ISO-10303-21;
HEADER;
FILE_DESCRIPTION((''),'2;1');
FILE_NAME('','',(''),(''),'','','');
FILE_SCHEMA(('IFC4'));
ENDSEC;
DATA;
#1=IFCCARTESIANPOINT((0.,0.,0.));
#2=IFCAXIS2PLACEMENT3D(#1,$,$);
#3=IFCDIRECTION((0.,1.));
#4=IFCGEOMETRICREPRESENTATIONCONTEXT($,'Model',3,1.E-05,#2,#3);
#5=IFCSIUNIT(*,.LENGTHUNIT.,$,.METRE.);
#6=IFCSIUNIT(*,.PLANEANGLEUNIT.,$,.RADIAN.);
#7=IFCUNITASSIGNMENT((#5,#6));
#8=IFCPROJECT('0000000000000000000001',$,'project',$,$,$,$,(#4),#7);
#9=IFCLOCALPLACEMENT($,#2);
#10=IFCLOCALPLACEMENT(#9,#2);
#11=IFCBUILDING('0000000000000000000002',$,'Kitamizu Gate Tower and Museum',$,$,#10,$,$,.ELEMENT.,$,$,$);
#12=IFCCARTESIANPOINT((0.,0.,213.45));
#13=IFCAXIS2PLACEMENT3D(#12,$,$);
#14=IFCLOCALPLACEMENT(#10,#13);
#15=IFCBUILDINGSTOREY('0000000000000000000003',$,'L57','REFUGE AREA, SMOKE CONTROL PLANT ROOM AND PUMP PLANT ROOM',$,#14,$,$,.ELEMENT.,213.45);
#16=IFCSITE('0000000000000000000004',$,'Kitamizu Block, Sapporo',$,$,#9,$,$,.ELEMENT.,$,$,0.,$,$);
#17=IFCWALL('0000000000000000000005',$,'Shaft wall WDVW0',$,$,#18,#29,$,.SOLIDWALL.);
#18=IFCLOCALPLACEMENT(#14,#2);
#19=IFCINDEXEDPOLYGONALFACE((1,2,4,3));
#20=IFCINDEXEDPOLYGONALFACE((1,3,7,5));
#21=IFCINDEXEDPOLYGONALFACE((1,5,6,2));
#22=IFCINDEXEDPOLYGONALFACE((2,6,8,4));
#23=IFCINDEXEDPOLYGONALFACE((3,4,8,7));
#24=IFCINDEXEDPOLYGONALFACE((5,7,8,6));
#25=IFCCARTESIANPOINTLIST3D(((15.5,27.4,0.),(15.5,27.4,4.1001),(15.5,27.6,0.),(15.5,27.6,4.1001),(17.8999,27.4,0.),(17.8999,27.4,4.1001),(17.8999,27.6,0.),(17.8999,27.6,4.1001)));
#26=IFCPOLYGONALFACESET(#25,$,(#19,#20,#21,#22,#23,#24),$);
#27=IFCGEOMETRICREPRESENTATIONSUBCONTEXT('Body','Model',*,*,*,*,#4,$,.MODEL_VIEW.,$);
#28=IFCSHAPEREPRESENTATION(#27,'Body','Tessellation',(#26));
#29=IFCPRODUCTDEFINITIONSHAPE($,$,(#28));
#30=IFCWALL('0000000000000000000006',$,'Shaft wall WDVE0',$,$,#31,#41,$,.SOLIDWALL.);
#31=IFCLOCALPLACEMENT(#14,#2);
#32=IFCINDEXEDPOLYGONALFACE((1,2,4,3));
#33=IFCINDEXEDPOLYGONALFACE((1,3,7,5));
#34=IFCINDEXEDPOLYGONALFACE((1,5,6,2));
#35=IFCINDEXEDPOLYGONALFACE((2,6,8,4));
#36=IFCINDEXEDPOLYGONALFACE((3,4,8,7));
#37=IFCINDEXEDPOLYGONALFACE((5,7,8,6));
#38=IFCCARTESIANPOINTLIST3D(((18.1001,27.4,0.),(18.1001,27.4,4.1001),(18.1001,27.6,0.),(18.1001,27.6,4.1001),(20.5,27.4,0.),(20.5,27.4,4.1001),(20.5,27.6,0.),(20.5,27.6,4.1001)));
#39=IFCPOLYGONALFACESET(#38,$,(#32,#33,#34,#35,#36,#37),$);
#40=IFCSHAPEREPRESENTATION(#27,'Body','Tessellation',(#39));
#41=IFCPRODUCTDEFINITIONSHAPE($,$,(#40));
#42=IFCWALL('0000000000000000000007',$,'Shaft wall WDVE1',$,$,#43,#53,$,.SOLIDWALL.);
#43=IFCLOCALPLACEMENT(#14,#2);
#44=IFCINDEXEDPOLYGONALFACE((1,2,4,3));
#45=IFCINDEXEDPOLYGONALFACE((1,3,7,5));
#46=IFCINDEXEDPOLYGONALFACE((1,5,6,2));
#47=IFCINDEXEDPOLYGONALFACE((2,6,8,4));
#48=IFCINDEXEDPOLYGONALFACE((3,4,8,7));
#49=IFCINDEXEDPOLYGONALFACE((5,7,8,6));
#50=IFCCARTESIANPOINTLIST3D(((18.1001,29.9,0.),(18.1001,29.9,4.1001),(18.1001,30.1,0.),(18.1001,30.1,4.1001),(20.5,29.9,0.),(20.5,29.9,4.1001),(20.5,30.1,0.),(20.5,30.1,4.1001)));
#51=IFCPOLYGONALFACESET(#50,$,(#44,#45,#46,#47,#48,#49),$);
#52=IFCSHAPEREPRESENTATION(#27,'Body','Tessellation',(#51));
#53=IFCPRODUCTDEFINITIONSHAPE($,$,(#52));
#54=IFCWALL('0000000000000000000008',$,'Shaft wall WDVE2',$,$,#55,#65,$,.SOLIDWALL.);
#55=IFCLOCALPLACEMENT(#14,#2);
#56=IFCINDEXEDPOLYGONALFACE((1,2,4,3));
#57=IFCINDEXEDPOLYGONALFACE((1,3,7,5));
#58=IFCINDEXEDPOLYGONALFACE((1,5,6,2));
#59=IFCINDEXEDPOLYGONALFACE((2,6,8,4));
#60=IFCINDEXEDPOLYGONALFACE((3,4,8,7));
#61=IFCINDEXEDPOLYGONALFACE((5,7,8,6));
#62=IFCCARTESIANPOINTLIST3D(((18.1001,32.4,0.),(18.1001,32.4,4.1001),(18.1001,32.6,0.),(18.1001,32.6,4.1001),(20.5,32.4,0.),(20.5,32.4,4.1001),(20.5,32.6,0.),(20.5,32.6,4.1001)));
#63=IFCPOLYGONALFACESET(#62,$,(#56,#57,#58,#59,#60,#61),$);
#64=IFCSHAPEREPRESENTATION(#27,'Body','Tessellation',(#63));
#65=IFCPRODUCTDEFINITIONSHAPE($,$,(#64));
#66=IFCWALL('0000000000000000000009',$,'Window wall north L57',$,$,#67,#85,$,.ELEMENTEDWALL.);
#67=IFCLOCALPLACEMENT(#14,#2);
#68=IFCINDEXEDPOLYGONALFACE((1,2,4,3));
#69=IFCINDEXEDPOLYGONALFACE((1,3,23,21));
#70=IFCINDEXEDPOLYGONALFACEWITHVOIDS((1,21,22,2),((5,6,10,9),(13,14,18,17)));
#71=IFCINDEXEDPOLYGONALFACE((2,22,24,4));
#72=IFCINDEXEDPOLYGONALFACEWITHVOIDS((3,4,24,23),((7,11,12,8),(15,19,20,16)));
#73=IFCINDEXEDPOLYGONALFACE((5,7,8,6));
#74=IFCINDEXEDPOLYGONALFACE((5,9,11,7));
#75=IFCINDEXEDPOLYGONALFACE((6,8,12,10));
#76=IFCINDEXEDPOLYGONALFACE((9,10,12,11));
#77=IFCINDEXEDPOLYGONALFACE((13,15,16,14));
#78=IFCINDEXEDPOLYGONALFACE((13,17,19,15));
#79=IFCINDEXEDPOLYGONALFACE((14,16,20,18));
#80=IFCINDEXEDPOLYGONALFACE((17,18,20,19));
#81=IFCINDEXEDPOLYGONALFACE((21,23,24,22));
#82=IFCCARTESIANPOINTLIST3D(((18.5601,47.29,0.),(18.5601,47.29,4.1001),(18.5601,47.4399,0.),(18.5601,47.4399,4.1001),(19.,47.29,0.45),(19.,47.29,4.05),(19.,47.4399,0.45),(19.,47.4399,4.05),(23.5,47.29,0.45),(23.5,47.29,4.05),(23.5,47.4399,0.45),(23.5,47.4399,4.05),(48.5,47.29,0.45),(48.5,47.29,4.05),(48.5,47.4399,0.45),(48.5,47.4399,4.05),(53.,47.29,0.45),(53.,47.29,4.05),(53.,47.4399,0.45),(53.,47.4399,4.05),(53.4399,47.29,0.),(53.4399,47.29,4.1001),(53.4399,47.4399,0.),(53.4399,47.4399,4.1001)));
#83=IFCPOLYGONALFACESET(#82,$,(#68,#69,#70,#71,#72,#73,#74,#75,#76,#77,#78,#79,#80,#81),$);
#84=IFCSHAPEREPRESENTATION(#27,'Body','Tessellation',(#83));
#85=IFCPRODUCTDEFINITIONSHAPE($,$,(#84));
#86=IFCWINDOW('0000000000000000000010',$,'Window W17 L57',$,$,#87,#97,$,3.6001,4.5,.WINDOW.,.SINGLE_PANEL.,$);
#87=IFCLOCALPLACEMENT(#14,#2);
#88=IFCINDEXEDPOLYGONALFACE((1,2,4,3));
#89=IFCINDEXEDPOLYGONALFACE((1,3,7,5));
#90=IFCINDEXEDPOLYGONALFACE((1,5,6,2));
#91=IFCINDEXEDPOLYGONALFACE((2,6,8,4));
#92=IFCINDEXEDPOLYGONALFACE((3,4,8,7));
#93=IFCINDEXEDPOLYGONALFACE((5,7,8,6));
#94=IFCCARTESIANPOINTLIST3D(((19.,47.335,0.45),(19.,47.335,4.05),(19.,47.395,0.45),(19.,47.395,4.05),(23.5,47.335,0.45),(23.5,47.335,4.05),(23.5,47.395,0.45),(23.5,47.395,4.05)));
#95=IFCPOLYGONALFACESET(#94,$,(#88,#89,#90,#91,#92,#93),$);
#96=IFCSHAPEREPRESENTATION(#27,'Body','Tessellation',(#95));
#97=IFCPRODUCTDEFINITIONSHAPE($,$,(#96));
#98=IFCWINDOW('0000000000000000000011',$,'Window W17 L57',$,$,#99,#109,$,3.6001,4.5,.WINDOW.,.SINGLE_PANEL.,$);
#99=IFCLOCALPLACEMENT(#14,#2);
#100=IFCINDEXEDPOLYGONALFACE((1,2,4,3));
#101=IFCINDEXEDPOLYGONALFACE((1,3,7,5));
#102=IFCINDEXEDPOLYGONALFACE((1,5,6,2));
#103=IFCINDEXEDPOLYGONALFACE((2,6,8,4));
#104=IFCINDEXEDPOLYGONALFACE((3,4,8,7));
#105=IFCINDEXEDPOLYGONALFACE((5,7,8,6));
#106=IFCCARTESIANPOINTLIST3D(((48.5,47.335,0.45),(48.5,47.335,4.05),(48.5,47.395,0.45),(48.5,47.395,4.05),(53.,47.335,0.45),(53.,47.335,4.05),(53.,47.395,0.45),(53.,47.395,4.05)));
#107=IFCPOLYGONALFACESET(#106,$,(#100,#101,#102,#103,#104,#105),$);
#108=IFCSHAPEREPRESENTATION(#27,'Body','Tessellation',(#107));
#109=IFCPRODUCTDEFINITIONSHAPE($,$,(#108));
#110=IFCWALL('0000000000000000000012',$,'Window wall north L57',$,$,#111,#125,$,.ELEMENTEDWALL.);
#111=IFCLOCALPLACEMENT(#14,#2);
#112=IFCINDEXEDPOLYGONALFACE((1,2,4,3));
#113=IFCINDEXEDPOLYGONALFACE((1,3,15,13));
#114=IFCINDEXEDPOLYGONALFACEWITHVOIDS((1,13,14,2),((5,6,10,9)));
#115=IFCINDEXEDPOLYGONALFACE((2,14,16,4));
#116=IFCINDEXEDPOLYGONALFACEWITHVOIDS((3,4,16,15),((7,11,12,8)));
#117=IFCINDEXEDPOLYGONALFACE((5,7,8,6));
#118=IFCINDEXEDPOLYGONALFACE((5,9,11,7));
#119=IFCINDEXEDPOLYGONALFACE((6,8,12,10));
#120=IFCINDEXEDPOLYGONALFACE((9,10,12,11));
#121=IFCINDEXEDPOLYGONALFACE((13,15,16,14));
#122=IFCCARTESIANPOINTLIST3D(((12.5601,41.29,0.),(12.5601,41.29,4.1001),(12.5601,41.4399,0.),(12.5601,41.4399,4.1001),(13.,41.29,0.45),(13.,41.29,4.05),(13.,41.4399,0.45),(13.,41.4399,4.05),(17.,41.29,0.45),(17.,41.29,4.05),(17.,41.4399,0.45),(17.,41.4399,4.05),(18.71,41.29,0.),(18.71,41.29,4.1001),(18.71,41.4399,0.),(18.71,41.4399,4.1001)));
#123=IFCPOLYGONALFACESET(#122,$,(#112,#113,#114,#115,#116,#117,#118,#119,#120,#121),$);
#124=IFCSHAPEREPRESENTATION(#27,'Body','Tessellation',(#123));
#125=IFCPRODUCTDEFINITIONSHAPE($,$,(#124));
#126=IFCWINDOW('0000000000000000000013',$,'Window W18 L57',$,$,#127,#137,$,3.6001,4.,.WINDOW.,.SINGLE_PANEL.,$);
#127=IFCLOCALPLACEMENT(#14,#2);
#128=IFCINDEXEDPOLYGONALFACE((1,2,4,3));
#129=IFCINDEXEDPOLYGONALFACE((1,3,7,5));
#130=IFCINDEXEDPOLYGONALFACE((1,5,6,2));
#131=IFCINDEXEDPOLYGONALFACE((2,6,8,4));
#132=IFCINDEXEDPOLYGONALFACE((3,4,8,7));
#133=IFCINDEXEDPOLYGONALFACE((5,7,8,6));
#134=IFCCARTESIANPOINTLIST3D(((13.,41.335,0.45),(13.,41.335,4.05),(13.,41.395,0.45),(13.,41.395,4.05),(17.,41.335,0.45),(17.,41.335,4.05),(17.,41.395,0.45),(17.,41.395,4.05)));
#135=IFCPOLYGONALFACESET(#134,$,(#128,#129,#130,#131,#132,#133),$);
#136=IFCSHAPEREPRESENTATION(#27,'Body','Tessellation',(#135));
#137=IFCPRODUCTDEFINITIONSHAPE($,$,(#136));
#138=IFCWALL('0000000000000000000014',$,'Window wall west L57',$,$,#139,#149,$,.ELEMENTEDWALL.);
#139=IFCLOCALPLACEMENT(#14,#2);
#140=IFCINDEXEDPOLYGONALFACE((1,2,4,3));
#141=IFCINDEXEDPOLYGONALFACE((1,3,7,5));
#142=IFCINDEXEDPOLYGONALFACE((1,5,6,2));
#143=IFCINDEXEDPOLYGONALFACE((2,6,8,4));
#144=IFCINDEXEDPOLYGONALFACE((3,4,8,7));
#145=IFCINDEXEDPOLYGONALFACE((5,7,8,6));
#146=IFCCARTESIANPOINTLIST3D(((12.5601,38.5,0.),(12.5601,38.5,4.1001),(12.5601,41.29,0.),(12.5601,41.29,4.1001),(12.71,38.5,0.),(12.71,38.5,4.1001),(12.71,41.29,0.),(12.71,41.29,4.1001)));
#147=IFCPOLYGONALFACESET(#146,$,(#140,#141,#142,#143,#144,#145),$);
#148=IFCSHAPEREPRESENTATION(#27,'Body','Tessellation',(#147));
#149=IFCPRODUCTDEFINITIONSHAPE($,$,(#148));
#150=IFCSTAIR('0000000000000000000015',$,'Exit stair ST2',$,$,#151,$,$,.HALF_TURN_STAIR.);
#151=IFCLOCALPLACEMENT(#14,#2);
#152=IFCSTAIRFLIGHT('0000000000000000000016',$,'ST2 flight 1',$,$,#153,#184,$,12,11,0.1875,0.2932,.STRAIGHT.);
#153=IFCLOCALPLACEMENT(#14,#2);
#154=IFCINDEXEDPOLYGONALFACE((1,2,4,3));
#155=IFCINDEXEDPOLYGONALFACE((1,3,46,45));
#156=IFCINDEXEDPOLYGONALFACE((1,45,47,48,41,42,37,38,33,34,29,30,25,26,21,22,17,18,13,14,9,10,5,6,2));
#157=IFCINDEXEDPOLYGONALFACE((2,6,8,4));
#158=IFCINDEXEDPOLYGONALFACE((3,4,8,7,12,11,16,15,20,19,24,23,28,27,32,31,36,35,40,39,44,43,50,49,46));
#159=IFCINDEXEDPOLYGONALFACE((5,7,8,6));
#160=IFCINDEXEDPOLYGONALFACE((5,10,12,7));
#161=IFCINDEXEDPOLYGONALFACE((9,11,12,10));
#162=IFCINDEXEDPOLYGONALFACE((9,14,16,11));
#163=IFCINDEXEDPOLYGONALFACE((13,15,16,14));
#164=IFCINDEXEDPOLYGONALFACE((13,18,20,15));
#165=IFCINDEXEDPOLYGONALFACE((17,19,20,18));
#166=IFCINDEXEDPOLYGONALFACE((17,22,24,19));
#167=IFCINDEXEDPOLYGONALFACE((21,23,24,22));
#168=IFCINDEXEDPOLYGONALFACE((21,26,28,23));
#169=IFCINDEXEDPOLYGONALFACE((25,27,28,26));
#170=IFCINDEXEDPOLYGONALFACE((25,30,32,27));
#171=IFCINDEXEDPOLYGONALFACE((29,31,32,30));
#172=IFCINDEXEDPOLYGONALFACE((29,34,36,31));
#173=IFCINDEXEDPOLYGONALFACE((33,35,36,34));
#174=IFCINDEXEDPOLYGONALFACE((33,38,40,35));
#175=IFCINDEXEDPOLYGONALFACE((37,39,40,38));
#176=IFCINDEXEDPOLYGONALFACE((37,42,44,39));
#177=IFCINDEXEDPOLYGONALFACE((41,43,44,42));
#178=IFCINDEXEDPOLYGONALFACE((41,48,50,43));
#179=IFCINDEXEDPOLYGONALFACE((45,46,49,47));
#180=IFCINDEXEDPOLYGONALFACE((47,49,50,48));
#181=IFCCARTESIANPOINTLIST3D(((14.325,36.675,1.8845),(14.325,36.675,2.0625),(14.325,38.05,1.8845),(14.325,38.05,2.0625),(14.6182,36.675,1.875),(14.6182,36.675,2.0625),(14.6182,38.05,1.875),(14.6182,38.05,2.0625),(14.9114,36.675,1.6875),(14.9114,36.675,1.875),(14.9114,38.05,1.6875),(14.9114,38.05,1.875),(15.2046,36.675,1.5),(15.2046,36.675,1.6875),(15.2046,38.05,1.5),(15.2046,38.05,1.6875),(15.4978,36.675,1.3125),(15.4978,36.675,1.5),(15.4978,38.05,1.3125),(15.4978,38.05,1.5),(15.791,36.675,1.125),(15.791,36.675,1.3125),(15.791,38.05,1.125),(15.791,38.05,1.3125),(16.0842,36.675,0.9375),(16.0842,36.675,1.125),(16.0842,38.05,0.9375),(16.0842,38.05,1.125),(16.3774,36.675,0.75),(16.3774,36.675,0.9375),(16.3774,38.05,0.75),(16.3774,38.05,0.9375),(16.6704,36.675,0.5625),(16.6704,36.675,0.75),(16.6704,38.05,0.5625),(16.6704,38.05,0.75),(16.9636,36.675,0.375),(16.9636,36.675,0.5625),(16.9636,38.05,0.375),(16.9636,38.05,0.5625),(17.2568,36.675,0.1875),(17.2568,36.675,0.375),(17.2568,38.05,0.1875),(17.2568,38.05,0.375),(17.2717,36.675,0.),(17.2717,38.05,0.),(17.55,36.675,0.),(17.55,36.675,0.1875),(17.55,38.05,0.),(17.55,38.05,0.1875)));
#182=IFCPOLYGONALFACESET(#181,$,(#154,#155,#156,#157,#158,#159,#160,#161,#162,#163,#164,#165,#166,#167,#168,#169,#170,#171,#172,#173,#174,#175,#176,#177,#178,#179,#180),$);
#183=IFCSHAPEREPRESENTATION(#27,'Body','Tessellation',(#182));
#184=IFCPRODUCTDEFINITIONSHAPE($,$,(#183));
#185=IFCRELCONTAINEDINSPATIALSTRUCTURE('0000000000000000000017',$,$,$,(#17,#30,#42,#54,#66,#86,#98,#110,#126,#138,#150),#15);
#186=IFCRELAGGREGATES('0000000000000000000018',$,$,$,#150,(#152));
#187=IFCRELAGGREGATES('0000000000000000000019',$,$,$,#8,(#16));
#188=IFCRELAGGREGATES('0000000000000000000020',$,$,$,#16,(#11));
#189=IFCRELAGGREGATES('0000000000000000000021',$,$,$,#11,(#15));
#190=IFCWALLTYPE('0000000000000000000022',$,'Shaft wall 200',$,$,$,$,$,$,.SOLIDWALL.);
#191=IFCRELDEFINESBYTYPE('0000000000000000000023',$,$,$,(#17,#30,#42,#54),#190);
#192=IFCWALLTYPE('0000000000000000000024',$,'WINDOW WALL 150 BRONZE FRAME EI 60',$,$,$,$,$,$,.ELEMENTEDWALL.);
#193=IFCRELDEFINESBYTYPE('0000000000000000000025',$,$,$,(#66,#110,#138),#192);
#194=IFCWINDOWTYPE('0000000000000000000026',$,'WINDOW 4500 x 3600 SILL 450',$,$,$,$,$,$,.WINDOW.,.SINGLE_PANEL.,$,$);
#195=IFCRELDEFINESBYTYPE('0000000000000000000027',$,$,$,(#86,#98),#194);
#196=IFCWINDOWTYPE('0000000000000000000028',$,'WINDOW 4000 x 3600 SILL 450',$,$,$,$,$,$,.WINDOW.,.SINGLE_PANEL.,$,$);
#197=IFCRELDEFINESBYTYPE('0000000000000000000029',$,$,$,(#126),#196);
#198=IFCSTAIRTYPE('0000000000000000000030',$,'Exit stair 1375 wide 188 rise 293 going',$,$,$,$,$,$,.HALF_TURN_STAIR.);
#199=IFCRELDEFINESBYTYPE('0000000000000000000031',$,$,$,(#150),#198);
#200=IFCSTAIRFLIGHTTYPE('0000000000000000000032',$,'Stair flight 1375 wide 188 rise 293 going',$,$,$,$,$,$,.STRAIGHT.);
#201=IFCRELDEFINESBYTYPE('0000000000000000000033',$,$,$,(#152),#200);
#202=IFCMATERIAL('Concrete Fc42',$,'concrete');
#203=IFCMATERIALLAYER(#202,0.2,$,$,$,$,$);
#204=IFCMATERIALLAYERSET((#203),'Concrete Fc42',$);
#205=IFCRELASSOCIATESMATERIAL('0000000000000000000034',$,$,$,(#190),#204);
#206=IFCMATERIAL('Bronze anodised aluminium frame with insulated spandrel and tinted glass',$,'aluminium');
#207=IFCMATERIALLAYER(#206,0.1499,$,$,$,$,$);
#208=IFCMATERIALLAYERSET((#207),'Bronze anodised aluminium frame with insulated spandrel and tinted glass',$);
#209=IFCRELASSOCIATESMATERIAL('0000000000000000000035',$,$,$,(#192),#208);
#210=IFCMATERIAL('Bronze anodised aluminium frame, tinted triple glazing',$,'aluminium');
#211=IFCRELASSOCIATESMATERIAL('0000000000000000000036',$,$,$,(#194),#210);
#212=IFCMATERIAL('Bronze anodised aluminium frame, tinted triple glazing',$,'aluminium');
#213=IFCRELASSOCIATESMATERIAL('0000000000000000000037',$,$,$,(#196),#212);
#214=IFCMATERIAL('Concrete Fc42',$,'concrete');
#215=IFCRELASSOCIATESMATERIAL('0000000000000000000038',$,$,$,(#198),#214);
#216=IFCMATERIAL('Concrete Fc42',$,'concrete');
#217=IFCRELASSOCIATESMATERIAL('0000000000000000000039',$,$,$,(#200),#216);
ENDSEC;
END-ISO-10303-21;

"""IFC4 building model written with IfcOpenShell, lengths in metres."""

from ifc_helpers import new_model, si_unit, direction, frame, frame_2d, origin, place, context, subcontext, project, spatial, polyline, rectangle, outline, extrude, material, layer, layer_set, type_object, element, fill, aggregate, save


model = new_model("IFC4")

# Units and contexts
model_context = context("Model", 3, precision=1e-05, world=origin(), true_north=direction((0.0, 1.0)))
body_context = subcontext(model_context, "Body", "Model", "MODEL_VIEW")
ifc_project = project(units=[si_unit("LENGTHUNIT", "METRE"), si_unit("PLANEANGLEUNIT", "RADIAN")], contexts=[model_context])

# Site, building, storey
site_placement = place(None, origin())
site = spatial("IfcSite", under=ifc_project, at=site_placement, Name="Kitamizu Block, Sapporo", CompositionType="ELEMENT", RefElevation=0.0)
building_placement = place(site_placement, origin())
building = spatial("IfcBuilding", under=site, at=building_placement, Name="Kitamizu Gate Tower and Museum", CompositionType="ELEMENT")
storey_placement = place(building_placement, frame((0.0, 0.0, 213.45)))
storey = spatial("IfcBuildingStorey", under=building, at=storey_placement, Name="L57", Description="REFUGE AREA, SMOKE CONTROL PLANT ROOM AND PUMP PLANT ROOM", CompositionType="ELEMENT", Elevation=213.45)

# Shared definitions
ifc_material_1 = material(Name="Concrete Fc42", Category="concrete")
ifc_layer_1 = layer(ifc_material_1, 0.2)
ifc_layer_set_1 = layer_set([ifc_layer_1], Name="Concrete Fc42")
wall_type_1 = type_object("IfcWallType", Name="Shaft wall 200", PredefinedType="SOLIDWALL", material=ifc_layer_set_1)

# Walls
for number, where, z_axis, x_axis, name in (
    (1, (15.5, 27.5, 0.0), (0.0, 0.0, 1.0), (1.0, 0.0, 0.0), "Shaft wall WDVW0"),
    (2, (18.1001, 27.5, 0.0), (0.0, 0.0, 1.0), (1.0, 0.0, 0.0), "Shaft wall WDVE0"),
    (3, (18.1001, 30.0, 0.0), (0.0, 0.0, 1.0), (1.0, 0.0, 0.0), "Shaft wall WDVE1"),
    (4, (18.1001, 32.5, 0.0), (0.0, 0.0, 1.0), (1.0, 0.0, 0.0), "Shaft wall WDVE2"),
):
    element("IfcWall", number, at=place(storey_placement, frame(where, z_axis=z_axis, x_axis=x_axis)), inside=storey, type_object=wall_type_1, Name=name, PredefinedType="SOLIDWALL", context=body_context, shape_type="SweptSolid", body=[
        extrude(rectangle(XDim=2.3999, YDim=0.2, at=frame_2d((1.2, 0.0))), origin(), (0.0, 0.0, 1.0), 4.1001),
    ])

# Wall, openings, windows
ifc_material_2 = material(Name="Bronze anodised aluminium frame with insulated spandrel and tinted glass", Category="aluminium")
ifc_layer_2 = layer(ifc_material_2, 0.1499)
ifc_layer_set_2 = layer_set([ifc_layer_2], Name="Bronze anodised aluminium frame with insulated spandrel and tinted glass")
wall_type_2 = type_object("IfcWallType", Name="WINDOW WALL 150 BRONZE FRAME EI 60", PredefinedType="ELEMENTEDWALL", material=ifc_layer_set_2)
wall_1_placement = place(storey_placement, frame((18.5601, 47.365, 0.0), z_axis=(0.0, 0.0, 1.0), x_axis=(1.0, 0.0, 0.0)))
wall_1 = element("IfcWall", 5, at=wall_1_placement, inside=storey, type_object=wall_type_2, Name="Window wall north L57", PredefinedType="ELEMENTEDWALL", context=body_context, shape_type="SweptSolid", body=[
    extrude(rectangle(XDim=34.8799, YDim=0.1499, at=frame_2d((17.4399, 0.0))), origin(), (0.0, 0.0, 1.0), 4.1001),
])
opening_1_placement = place(wall_1_placement, frame((0.4399, 0.0, 0.45)))
opening_1 = element("IfcOpeningElement", 6, at=opening_1_placement, cuts=wall_1, PredefinedType="OPENING", context=body_context, shape_type="SweptSolid", body=[
    extrude(rectangle(XDim=4.5, YDim=3.6001, at=frame_2d((2.25, 1.8))), frame((0.0, 0.085, 0.0), z_axis=(0.0, -1.0, 0.0), x_axis=(1.0, 0.0, 0.0)), (0.0, 0.0, 1.0), 0.1699),
])
opening_2_placement = place(wall_1_placement, frame((29.9399, 0.0, 0.45)))
opening_2 = element("IfcOpeningElement", 7, at=opening_2_placement, cuts=wall_1, PredefinedType="OPENING", context=body_context, shape_type="SweptSolid", body=[
    extrude(rectangle(XDim=4.5, YDim=3.6001, at=frame_2d((2.25, 1.8))), frame((0.0, 0.085, 0.0), z_axis=(0.0, -1.0, 0.0), x_axis=(1.0, 0.0, 0.0)), (0.0, 0.0, 1.0), 0.1699),
])
ifc_material_3 = material(Name="Bronze anodised aluminium frame, tinted triple glazing", Category="aluminium")
window_type_1 = type_object("IfcWindowType", Name="WINDOW 4500 x 3600 SILL 450", PartitioningType="SINGLE_PANEL", PredefinedType="WINDOW", material=ifc_material_3)
window_1_placement = place(opening_1_placement, origin())
window_1 = element("IfcWindow", 8, at=window_1_placement, inside=storey, type_object=window_type_1, Name="Window W17 L57", OverallHeight=3.6001, OverallWidth=4.5, PartitioningType="SINGLE_PANEL", PredefinedType="WINDOW", context=body_context, shape_type="SweptSolid", body=[
    extrude(rectangle(XDim=4.5, YDim=3.6001, at=frame_2d((2.25, 1.8))), frame((0.0, 0.03, 0.0), z_axis=(0.0, -1.0, 0.0), x_axis=(1.0, 0.0, 0.0)), (0.0, 0.0, 1.0), 0.0601),
])
fill(opening_1, window_1)
window_2_placement = place(opening_2_placement, origin())
window_2 = element("IfcWindow", 9, at=window_2_placement, inside=storey, type_object=window_type_1, Name="Window W17 L57", OverallHeight=3.6001, OverallWidth=4.5, PartitioningType="SINGLE_PANEL", PredefinedType="WINDOW", context=body_context, shape_type="SweptSolid", body=[
    extrude(rectangle(XDim=4.5, YDim=3.6001, at=frame_2d((2.25, 1.8))), frame((0.0, 0.03, 0.0), z_axis=(0.0, -1.0, 0.0), x_axis=(1.0, 0.0, 0.0)), (0.0, 0.0, 1.0), 0.0601),
])
fill(opening_2, window_2)

# Wall, opening, window
wall_2_placement = place(storey_placement, frame((12.5601, 41.365, 0.0), z_axis=(0.0, 0.0, 1.0), x_axis=(1.0, 0.0, 0.0)))
wall_2 = element("IfcWall", 10, at=wall_2_placement, inside=storey, type_object=wall_type_2, Name="Window wall north L57", PredefinedType="ELEMENTEDWALL", context=body_context, shape_type="SweptSolid", body=[
    extrude(rectangle(XDim=6.1499, YDim=0.1499, at=frame_2d((3.075, 0.0))), origin(), (0.0, 0.0, 1.0), 4.1001),
])
opening_3_placement = place(wall_2_placement, frame((0.4399, 0.0, 0.45)))
opening_3 = element("IfcOpeningElement", 11, at=opening_3_placement, cuts=wall_2, PredefinedType="OPENING", context=body_context, shape_type="SweptSolid", body=[
    extrude(rectangle(XDim=4.0, YDim=3.6001, at=frame_2d((2.0, 1.8))), frame((0.0, 0.085, 0.0), z_axis=(0.0, -1.0, 0.0), x_axis=(1.0, 0.0, 0.0)), (0.0, 0.0, 1.0), 0.1699),
])
ifc_material_4 = material(Name="Bronze anodised aluminium frame, tinted triple glazing", Category="aluminium")
window_type_2 = type_object("IfcWindowType", Name="WINDOW 4000 x 3600 SILL 450", PartitioningType="SINGLE_PANEL", PredefinedType="WINDOW", material=ifc_material_4)
window_3_placement = place(opening_3_placement, origin())
window_3 = element("IfcWindow", 12, at=window_3_placement, inside=storey, type_object=window_type_2, Name="Window W18 L57", OverallHeight=3.6001, OverallWidth=4.0, PartitioningType="SINGLE_PANEL", PredefinedType="WINDOW", context=body_context, shape_type="SweptSolid", body=[
    extrude(rectangle(XDim=4.0, YDim=3.6001, at=frame_2d((2.0, 1.8))), frame((0.0, 0.03, 0.0), z_axis=(0.0, -1.0, 0.0), x_axis=(1.0, 0.0, 0.0)), (0.0, 0.0, 1.0), 0.0601),
])
fill(opening_3, window_3)

# Wall
wall_3_placement = place(storey_placement, frame((12.635, 38.5, 0.0), z_axis=(0.0, 0.0, 1.0), x_axis=(0.0, 1.0, 0.0)))
element("IfcWall", 13, at=wall_3_placement, inside=storey, type_object=wall_type_2, Name="Window wall west L57", PredefinedType="ELEMENTEDWALL", context=body_context, shape_type="SweptSolid", body=[
    extrude(rectangle(XDim=2.79, YDim=0.1499, at=frame_2d((1.395, 0.0))), origin(), (0.0, 0.0, 1.0), 4.1001),
])

# Stair, stair flight
ifc_material_5 = material(Name="Concrete Fc42", Category="concrete")
stair_type = type_object("IfcStairType", Name="Exit stair 1375 wide 188 rise 293 going", PredefinedType="HALF_TURN_STAIR", material=ifc_material_5)
stair_placement = place(storey_placement, origin())
stair = element("IfcStair", 14, at=stair_placement, inside=storey, type_object=stair_type, Name="Exit stair ST2", PredefinedType="HALF_TURN_STAIR")
ifc_material_6 = material(Name="Concrete Fc42", Category="concrete")
stair_flight_type = type_object("IfcStairFlightType", Name="Stair flight 1375 wide 188 rise 293 going", PredefinedType="STRAIGHT", material=ifc_material_6)
stair_flight_1_placement = place(storey_placement, frame((17.55, 37.3625, 0.0), z_axis=(0.0, 0.0, 1.0), x_axis=(-1.0, 0.0, 0.0)))
stair_flight_1 = element("IfcStairFlight", 15, at=stair_flight_1_placement, type_object=stair_flight_type, Name="ST2 flight 1", NumberOfRisers=12, NumberOfTreads=11, PredefinedType="STRAIGHT", RiserHeight=0.1875, TreadLength=0.2932, context=body_context, shape_type="SweptSolid", body=[
    extrude(outline(polyline([(0.0, 0.0), (0.0, 0.1875), (0.2932, 0.1875), (0.2932, 0.375), (0.5864, 0.375), (0.5864, 0.5625), (0.8796, 0.5625), (0.8796, 0.75), (1.1726, 0.75), (1.1726, 0.9375), (1.4658, 0.9375), (1.4658, 1.125), (1.759, 1.125), (1.759, 1.3125), (2.0522, 1.3125), (2.0522, 1.5), (2.3455, 1.5), (2.3455, 1.6875), (2.6387, 1.6875), (2.6387, 1.875), (2.9319, 1.875), (2.9319, 2.0625), (3.2251, 2.0625), (3.2251, 2.25), (3.2251, 1.8845), (0.2783, 0.0), (0.0, 0.0)])), frame((0.0, 0.6875, 0.0), z_axis=(0.0, -1.0, 0.0), x_axis=(1.0, 0.0, 0.0)), (0.0, 0.0, 1.0), 1.375),
])
aggregate(stair, [stair_flight_1])

save(model, "model.ifc")
